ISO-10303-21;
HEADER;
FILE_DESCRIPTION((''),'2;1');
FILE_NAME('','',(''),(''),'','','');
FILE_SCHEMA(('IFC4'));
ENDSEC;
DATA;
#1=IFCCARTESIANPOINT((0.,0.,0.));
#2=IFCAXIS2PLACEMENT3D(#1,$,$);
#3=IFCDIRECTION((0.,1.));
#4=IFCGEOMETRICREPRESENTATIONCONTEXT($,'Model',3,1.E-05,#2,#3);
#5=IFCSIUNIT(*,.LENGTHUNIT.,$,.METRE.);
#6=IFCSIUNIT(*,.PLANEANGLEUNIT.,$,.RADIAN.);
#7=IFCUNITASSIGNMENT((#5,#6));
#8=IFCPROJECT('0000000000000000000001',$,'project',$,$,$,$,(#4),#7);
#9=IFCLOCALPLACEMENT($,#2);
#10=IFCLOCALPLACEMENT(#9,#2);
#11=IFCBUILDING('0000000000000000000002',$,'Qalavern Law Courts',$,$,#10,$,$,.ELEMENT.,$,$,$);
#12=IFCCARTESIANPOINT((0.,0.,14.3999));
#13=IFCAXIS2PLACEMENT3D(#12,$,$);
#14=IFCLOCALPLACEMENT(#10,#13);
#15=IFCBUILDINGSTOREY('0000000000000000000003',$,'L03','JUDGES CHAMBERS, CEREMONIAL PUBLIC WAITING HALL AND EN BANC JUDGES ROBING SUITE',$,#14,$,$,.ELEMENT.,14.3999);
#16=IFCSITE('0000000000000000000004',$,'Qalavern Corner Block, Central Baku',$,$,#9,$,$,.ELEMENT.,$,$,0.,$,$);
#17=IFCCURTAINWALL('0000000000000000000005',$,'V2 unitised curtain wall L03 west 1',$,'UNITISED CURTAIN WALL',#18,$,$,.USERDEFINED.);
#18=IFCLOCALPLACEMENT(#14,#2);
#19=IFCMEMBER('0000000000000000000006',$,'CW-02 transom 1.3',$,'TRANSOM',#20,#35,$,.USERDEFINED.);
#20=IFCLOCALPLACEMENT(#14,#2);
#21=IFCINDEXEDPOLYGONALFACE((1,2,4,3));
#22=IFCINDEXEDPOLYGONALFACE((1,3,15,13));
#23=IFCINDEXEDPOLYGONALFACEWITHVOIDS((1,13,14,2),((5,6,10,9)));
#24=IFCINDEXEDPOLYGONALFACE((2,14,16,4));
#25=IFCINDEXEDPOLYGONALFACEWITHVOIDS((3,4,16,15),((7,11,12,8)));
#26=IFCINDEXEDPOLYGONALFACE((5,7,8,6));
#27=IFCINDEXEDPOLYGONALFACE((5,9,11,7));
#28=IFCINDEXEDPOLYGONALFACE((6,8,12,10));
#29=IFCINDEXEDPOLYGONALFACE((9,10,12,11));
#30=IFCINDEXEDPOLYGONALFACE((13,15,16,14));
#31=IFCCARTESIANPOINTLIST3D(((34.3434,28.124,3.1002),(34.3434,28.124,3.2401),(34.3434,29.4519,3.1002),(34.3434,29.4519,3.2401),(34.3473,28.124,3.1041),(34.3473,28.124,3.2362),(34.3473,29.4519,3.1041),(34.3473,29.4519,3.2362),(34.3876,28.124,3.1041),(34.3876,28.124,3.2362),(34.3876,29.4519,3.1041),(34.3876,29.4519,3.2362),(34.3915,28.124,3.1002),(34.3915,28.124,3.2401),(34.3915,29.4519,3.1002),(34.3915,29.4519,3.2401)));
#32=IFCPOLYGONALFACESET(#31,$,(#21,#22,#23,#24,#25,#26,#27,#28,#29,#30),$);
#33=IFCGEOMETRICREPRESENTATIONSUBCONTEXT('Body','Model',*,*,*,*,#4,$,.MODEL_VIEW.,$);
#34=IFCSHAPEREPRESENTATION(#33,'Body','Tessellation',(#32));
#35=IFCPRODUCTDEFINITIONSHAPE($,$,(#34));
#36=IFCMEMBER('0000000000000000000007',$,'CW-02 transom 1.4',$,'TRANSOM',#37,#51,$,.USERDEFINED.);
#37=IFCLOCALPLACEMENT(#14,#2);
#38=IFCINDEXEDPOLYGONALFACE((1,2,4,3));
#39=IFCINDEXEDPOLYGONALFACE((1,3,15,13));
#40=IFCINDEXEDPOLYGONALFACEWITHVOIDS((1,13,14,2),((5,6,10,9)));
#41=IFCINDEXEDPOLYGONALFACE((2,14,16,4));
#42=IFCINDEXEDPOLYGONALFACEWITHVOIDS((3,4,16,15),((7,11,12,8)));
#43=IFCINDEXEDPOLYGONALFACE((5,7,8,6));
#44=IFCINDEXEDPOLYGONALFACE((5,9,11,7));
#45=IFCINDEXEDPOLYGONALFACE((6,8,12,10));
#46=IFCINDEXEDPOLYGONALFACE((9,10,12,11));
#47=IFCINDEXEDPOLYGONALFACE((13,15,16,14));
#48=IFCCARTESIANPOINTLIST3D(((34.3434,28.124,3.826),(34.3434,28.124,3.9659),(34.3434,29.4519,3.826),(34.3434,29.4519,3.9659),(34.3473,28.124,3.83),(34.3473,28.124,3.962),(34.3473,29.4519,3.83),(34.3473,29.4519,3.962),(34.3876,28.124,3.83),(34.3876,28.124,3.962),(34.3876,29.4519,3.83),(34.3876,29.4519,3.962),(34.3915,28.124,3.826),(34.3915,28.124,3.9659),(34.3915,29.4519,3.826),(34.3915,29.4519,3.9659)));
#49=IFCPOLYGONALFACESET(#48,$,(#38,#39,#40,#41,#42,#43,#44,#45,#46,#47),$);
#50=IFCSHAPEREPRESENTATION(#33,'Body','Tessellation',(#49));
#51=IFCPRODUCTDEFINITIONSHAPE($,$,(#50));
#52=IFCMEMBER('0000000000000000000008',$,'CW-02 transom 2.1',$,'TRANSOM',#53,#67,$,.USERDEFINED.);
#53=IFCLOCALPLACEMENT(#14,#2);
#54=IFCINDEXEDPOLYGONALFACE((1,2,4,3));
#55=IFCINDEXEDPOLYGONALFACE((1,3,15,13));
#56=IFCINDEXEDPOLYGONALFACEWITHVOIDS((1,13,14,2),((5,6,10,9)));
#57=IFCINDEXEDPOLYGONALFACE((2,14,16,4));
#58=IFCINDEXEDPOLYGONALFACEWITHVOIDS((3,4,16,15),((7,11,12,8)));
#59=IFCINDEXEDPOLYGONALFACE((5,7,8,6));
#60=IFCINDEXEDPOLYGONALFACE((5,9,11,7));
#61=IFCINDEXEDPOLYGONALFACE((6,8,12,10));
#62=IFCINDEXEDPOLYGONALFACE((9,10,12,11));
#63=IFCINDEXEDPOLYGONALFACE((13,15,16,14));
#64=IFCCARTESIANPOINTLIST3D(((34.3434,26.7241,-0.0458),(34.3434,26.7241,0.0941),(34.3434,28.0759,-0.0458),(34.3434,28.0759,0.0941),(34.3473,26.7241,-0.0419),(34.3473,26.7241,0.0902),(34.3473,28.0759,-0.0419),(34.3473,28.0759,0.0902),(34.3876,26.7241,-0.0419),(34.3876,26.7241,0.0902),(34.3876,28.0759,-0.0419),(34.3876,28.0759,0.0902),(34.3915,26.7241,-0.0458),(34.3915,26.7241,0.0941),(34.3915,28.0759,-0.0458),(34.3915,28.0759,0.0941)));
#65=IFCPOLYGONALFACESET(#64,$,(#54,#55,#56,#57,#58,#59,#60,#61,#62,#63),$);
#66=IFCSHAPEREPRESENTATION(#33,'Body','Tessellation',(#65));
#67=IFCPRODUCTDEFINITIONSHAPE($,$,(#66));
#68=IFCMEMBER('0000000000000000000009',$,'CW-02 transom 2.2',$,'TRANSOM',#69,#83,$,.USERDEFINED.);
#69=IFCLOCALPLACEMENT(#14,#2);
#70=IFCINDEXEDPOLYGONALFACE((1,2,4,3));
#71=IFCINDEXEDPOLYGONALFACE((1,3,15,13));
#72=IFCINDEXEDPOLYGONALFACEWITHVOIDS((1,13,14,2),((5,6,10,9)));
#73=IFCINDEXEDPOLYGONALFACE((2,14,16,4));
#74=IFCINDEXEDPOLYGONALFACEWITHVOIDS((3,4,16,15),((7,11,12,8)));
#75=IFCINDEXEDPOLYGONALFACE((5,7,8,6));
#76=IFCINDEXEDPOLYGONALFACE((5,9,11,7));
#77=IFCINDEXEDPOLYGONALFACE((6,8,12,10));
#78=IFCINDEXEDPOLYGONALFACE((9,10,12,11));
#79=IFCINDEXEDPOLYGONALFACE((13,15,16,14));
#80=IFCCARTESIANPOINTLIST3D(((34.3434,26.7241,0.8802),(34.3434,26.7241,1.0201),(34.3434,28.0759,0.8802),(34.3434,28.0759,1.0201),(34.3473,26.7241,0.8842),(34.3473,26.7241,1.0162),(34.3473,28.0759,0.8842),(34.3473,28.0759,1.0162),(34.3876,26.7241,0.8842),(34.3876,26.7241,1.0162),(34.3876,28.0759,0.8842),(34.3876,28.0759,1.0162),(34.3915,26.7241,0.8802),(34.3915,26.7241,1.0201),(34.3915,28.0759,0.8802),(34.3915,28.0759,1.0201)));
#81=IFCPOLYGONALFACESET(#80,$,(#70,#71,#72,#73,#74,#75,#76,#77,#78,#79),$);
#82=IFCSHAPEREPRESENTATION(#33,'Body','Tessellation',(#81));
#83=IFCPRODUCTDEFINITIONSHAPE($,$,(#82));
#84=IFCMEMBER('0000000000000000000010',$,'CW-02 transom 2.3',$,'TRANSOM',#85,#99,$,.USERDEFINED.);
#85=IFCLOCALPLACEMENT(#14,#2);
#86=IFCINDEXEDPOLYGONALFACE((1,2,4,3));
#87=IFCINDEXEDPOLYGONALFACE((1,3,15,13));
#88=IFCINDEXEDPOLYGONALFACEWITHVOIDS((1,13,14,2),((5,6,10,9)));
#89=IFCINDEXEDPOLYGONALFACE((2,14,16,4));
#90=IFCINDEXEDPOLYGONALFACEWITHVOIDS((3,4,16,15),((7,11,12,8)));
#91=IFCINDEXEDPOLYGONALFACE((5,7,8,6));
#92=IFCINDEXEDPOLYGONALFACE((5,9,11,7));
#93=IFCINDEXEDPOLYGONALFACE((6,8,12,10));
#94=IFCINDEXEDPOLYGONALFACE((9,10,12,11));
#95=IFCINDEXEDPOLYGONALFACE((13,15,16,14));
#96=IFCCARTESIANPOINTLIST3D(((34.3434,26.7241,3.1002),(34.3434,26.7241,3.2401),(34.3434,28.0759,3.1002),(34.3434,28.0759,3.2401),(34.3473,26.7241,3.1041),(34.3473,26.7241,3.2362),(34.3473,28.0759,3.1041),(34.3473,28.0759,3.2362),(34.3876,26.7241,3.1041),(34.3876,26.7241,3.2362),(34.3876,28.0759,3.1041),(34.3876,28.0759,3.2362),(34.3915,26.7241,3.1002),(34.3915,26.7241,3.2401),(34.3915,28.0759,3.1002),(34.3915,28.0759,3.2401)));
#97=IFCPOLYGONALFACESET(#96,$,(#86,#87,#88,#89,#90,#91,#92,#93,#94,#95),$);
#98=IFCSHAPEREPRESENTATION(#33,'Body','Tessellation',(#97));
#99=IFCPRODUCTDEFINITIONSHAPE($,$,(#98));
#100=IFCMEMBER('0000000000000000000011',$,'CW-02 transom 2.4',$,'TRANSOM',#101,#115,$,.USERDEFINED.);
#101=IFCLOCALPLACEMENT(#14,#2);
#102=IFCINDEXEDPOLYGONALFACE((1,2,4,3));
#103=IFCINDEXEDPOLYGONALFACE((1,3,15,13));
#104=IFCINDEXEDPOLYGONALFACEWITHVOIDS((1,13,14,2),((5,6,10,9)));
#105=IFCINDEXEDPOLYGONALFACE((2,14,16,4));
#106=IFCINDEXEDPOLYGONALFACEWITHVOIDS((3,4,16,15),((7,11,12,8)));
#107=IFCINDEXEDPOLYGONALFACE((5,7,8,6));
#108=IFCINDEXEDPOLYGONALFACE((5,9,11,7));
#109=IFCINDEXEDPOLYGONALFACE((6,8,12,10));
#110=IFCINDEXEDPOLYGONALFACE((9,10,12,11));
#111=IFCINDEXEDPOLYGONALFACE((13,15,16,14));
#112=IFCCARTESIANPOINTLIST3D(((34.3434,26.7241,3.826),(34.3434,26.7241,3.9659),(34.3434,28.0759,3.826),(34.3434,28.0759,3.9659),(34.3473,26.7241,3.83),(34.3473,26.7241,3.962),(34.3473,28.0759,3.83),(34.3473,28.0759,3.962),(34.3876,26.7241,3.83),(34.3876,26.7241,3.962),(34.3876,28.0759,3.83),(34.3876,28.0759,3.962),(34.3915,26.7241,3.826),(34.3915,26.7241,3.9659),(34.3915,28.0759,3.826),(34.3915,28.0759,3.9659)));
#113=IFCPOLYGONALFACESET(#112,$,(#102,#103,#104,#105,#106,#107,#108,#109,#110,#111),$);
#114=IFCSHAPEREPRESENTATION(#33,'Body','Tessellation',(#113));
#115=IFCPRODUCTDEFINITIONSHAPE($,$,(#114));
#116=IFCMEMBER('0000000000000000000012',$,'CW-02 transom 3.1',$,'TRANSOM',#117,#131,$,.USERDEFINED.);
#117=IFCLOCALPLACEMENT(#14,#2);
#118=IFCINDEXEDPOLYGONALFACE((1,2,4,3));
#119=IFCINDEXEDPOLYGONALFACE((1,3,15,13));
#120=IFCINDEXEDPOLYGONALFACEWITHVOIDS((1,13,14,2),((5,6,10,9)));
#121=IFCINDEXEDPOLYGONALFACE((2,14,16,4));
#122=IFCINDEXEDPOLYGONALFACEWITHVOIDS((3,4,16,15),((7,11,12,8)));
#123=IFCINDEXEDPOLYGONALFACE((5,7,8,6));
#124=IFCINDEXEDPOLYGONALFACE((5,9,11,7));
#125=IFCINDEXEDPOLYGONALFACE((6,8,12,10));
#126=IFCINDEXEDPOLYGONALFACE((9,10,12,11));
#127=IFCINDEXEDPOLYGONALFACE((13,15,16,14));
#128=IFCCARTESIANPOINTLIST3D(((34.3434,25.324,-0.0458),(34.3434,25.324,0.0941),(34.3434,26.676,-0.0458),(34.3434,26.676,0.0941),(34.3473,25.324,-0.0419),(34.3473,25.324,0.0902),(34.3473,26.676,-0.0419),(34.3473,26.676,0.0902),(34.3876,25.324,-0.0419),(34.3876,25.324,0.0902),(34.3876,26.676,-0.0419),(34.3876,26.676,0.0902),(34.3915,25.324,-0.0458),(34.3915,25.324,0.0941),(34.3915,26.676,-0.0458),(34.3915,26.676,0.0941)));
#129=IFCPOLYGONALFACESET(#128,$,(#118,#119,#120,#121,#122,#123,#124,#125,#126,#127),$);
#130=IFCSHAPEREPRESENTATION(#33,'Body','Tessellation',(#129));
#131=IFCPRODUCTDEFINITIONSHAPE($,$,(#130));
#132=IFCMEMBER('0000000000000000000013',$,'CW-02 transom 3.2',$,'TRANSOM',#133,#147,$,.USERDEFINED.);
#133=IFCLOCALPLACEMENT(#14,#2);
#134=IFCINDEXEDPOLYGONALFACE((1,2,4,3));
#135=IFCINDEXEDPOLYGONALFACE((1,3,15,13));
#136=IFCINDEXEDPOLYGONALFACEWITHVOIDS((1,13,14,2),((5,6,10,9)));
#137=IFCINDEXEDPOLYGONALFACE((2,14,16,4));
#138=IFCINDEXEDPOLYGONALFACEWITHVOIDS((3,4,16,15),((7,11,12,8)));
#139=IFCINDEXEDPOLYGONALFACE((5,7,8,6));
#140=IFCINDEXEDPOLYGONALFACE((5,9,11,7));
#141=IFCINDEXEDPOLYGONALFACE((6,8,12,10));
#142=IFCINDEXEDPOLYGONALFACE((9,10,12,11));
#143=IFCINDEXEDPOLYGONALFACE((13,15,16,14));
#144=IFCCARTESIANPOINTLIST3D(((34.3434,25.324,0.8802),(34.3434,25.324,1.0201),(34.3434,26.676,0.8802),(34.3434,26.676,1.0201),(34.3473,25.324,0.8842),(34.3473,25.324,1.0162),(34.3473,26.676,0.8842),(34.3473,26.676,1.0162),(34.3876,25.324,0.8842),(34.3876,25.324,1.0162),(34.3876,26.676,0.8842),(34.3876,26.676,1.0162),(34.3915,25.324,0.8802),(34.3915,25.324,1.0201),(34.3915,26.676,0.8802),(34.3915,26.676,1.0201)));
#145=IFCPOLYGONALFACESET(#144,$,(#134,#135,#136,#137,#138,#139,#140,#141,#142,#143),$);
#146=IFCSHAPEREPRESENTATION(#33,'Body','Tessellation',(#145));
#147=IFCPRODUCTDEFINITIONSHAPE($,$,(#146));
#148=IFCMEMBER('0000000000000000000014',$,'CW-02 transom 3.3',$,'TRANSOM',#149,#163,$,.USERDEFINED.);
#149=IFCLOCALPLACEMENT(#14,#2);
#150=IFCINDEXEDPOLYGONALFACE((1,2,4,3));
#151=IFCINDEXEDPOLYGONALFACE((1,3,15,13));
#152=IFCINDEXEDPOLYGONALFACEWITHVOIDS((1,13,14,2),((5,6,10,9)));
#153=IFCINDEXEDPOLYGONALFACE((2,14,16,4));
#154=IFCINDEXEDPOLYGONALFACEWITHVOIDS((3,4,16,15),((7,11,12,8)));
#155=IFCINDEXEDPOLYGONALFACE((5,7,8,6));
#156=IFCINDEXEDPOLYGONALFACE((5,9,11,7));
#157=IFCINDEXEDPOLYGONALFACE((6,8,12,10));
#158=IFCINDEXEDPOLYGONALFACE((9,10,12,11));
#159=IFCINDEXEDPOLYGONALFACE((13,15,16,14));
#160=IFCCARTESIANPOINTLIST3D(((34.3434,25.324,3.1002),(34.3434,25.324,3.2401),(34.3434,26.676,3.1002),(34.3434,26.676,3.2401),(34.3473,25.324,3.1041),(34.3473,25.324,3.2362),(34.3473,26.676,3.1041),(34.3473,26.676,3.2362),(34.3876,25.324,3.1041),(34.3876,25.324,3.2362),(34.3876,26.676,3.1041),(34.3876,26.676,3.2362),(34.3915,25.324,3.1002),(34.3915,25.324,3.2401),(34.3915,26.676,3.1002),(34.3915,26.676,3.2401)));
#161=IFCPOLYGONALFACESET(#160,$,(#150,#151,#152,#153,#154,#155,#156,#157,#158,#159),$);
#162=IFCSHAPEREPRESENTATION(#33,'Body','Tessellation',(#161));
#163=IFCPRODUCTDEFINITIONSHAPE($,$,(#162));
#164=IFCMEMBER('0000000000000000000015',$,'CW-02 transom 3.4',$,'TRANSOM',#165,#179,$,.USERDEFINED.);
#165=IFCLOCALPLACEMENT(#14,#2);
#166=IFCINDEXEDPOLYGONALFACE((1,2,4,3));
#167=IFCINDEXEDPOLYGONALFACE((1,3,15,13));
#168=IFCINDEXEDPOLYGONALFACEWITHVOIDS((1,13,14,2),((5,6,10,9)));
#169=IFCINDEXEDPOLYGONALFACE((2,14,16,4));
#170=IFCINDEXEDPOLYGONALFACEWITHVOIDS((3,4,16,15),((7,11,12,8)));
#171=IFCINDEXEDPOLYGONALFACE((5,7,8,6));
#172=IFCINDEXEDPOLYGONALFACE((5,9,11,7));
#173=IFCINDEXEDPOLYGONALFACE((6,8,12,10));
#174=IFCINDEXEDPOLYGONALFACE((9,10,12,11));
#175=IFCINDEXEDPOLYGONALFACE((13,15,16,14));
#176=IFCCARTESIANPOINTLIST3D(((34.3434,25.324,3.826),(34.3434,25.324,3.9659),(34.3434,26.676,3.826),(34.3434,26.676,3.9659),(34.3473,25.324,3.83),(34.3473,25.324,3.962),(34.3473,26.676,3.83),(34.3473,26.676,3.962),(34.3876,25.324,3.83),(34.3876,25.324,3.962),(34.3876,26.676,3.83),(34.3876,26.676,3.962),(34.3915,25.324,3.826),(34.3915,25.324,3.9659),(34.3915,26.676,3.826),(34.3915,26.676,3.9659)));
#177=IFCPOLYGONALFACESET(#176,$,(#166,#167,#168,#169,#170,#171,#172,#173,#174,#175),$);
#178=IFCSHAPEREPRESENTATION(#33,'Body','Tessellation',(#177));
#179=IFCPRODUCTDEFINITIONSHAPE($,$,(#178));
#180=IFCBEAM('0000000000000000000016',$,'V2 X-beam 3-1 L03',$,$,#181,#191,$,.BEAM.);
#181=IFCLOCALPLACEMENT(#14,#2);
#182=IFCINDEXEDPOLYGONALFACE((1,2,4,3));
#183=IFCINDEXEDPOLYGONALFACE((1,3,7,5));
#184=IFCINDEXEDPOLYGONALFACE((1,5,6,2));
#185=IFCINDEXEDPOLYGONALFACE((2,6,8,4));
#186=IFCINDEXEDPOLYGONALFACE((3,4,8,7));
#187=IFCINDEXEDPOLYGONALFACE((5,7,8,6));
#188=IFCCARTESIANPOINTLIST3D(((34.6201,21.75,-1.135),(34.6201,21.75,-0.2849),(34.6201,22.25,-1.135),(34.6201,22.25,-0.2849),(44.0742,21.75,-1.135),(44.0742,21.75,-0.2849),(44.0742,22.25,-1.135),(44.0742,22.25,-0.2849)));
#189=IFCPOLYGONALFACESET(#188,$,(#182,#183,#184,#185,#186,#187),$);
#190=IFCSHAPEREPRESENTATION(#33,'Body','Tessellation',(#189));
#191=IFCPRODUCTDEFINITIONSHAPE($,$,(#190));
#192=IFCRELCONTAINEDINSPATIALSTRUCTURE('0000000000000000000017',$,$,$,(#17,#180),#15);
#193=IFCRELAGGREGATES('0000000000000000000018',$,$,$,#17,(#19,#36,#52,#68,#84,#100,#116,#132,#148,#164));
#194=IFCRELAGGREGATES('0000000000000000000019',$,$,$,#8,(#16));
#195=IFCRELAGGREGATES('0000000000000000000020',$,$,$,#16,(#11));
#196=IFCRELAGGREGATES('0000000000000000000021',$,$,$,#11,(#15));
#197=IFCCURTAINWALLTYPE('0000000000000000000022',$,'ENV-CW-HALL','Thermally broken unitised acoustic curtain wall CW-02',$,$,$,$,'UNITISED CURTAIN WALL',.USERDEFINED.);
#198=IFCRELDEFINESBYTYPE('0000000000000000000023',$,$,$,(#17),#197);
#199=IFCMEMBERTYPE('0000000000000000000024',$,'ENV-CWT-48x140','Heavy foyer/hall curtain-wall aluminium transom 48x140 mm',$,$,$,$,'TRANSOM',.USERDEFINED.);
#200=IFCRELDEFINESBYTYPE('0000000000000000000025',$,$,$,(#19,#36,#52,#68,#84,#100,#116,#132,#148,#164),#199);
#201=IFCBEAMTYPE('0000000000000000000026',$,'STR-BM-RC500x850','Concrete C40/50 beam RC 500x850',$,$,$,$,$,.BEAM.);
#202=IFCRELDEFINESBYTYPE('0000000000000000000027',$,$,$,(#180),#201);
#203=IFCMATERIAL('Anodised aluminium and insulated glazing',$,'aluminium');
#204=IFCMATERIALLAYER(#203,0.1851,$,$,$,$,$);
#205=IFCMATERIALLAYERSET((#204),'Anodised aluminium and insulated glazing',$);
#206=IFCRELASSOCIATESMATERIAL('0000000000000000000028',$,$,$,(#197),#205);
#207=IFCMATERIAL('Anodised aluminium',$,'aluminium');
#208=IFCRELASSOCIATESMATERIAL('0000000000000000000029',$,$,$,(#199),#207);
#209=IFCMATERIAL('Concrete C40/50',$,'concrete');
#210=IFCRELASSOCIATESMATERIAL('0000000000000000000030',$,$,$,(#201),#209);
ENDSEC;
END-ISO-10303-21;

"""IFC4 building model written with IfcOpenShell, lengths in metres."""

from ifc_helpers import new_model, si_unit, direction, frame, origin, origin_2d, place, context, subcontext, project, spatial, rectangle, hollow_rectangle, extrude, material, layer, layer_set, material_profile, profile_set, type_object, element, aggregate, save


model = new_model("IFC4")

# Units and contexts
model_context = context("Model", 3, precision=1e-05, world=origin(), true_north=direction((0.0, 1.0)))
body_context = subcontext(model_context, "Body", "Model", "MODEL_VIEW")
ifc_project = project(units=[si_unit("LENGTHUNIT", "METRE"), si_unit("PLANEANGLEUNIT", "RADIAN")], contexts=[model_context])

# Site, building, storey
site_placement = place(None, origin())
site = spatial("IfcSite", under=ifc_project, at=site_placement, Name="Qalavern Corner Block, Central Baku", CompositionType="ELEMENT", RefElevation=0.0)
building_placement = place(site_placement, origin())
building = spatial("IfcBuilding", under=site, at=building_placement, Name="Qalavern Law Courts", CompositionType="ELEMENT")
storey_placement = place(building_placement, frame((0.0, 0.0, 14.3999)))
storey = spatial("IfcBuildingStorey", under=building, at=storey_placement, Name="L03", Description="JUDGES CHAMBERS, CEREMONIAL PUBLIC WAITING HALL AND EN BANC JUDGES ROBING SUITE", CompositionType="ELEMENT", Elevation=14.3999)

# Shared definitions
ifc_material_1 = material(Name="Anodised aluminium and insulated glazing", Category="aluminium")
ifc_layer_1 = layer(ifc_material_1, 0.1851)
ifc_layer_set_1 = layer_set([ifc_layer_1], Name="Anodised aluminium and insulated glazing")
curtain_wall_type = type_object("IfcCurtainWallType", Name="ENV-CW-HALL", Description="Thermally broken unitised acoustic curtain wall CW-02", ElementType="UNITISED CURTAIN WALL", PredefinedType="USERDEFINED", material=ifc_layer_set_1)
ifc_material_2 = material(Name="Anodised aluminium", Category="aluminium")

# Curtain wall
curtain_wall_1_placement = place(storey_placement, origin())
curtain_wall_1 = element("IfcCurtainWall", 1, at=curtain_wall_1_placement, inside=storey, type_object=curtain_wall_type, Name="V2 unitised curtain wall L03 west 1", ObjectType="UNITISED CURTAIN WALL", PredefinedType="USERDEFINED")

# Members
ifc_material_profile_1 = material_profile(ifc_material_2, hollow_rectangle(XDim=0.0481, YDim=0.1399, WallThickness=0.0039, at=origin_2d()), Name="ALU TRANSOM 48x140")
ifc_profile_set_1 = profile_set([ifc_material_profile_1], Name="Anodised aluminium")
member_type_1 = type_object("IfcMemberType", Name="ENV-CWT-48x140", Description="Heavy foyer/hall curtain-wall aluminium transom 48x140 mm", ElementType="TRANSOM", PredefinedType="USERDEFINED", material=ifc_profile_set_1)
member_1_placement = place(storey_placement, frame((34.3674, 29.4519, 3.1702), z_axis=(0.0, -1.0, 0.0), x_axis=(1.0, 0.0, 0.0)))
member_1 = element("IfcMember", 2, at=member_1_placement, type_object=member_type_1, Name="CW-02 transom 1.3", ObjectType="TRANSOM", PredefinedType="USERDEFINED", context=body_context, shape_type="SweptSolid", body=[
    extrude(hollow_rectangle(XDim=0.0481, YDim=0.1399, WallThickness=0.0039, at=origin_2d()), origin(), (0.0, 0.0, 1.0), 1.3279),
])
member_2_placement = place(storey_placement, frame((34.3674, 29.4519, 3.896), z_axis=(0.0, -1.0, 0.0), x_axis=(1.0, 0.0, 0.0)))
member_2 = element("IfcMember", 3, at=member_2_placement, type_object=member_type_1, Name="CW-02 transom 1.4", ObjectType="TRANSOM", PredefinedType="USERDEFINED", context=body_context, shape_type="SweptSolid", body=[
    extrude(hollow_rectangle(XDim=0.0481, YDim=0.1399, WallThickness=0.0039, at=origin_2d()), origin(), (0.0, 0.0, 1.0), 1.3279),
])
member_3_placement = place(storey_placement, frame((34.3674, 28.0759, 0.0242), z_axis=(0.0, -1.0, 0.0), x_axis=(1.0, 0.0, 0.0)))
member_3 = element("IfcMember", 4, at=member_3_placement, type_object=member_type_1, Name="CW-02 transom 2.1", ObjectType="TRANSOM", PredefinedType="USERDEFINED", context=body_context, shape_type="SweptSolid", body=[
    extrude(hollow_rectangle(XDim=0.0481, YDim=0.1399, WallThickness=0.0039, at=origin_2d()), origin(), (0.0, 0.0, 1.0), 1.3518),
])
member_4_placement = place(storey_placement, frame((34.3674, 28.0759, 0.9502), z_axis=(0.0, -1.0, 0.0), x_axis=(1.0, 0.0, 0.0)))
member_4 = element("IfcMember", 5, at=member_4_placement, type_object=member_type_1, Name="CW-02 transom 2.2", ObjectType="TRANSOM", PredefinedType="USERDEFINED", context=body_context, shape_type="SweptSolid", body=[
    extrude(hollow_rectangle(XDim=0.0481, YDim=0.1399, WallThickness=0.0039, at=origin_2d()), origin(), (0.0, 0.0, 1.0), 1.3518),
])
member_5_placement = place(storey_placement, frame((34.3674, 28.0759, 3.1702), z_axis=(0.0, -1.0, 0.0), x_axis=(1.0, 0.0, 0.0)))
member_5 = element("IfcMember", 6, at=member_5_placement, type_object=member_type_1, Name="CW-02 transom 2.3", ObjectType="TRANSOM", PredefinedType="USERDEFINED", context=body_context, shape_type="SweptSolid", body=[
    extrude(hollow_rectangle(XDim=0.0481, YDim=0.1399, WallThickness=0.0039, at=origin_2d()), origin(), (0.0, 0.0, 1.0), 1.3518),
])
member_6_placement = place(storey_placement, frame((34.3674, 28.0759, 3.896), z_axis=(0.0, -1.0, 0.0), x_axis=(1.0, 0.0, 0.0)))
member_6 = element("IfcMember", 7, at=member_6_placement, type_object=member_type_1, Name="CW-02 transom 2.4", ObjectType="TRANSOM", PredefinedType="USERDEFINED", context=body_context, shape_type="SweptSolid", body=[
    extrude(hollow_rectangle(XDim=0.0481, YDim=0.1399, WallThickness=0.0039, at=origin_2d()), origin(), (0.0, 0.0, 1.0), 1.3518),
])
member_7_placement = place(storey_placement, frame((34.3674, 26.676, 0.0242), z_axis=(0.0, -1.0, 0.0), x_axis=(1.0, 0.0, 0.0)))
member_7 = element("IfcMember", 8, at=member_7_placement, type_object=member_type_1, Name="CW-02 transom 3.1", ObjectType="TRANSOM", PredefinedType="USERDEFINED", context=body_context, shape_type="SweptSolid", body=[
    extrude(hollow_rectangle(XDim=0.0481, YDim=0.1399, WallThickness=0.0039, at=origin_2d()), origin(), (0.0, 0.0, 1.0), 1.3521),
])
member_8_placement = place(storey_placement, frame((34.3674, 26.676, 0.9502), z_axis=(0.0, -1.0, 0.0), x_axis=(1.0, 0.0, 0.0)))
member_8 = element("IfcMember", 9, at=member_8_placement, type_object=member_type_1, Name="CW-02 transom 3.2", ObjectType="TRANSOM", PredefinedType="USERDEFINED", context=body_context, shape_type="SweptSolid", body=[
    extrude(hollow_rectangle(XDim=0.0481, YDim=0.1399, WallThickness=0.0039, at=origin_2d()), origin(), (0.0, 0.0, 1.0), 1.3521),
])
member_9_placement = place(storey_placement, frame((34.3674, 26.676, 3.1702), z_axis=(0.0, -1.0, 0.0), x_axis=(1.0, 0.0, 0.0)))
member_9 = element("IfcMember", 10, at=member_9_placement, type_object=member_type_1, Name="CW-02 transom 3.3", ObjectType="TRANSOM", PredefinedType="USERDEFINED", context=body_context, shape_type="SweptSolid", body=[
    extrude(hollow_rectangle(XDim=0.0481, YDim=0.1399, WallThickness=0.0039, at=origin_2d()), origin(), (0.0, 0.0, 1.0), 1.3521),
])
member_10_placement = place(storey_placement, frame((34.3674, 26.676, 3.896), z_axis=(0.0, -1.0, 0.0), x_axis=(1.0, 0.0, 0.0)))
member_10 = element("IfcMember", 11, at=member_10_placement, type_object=member_type_1, Name="CW-02 transom 3.4", ObjectType="TRANSOM", PredefinedType="USERDEFINED", context=body_context, shape_type="SweptSolid", body=[
    extrude(hollow_rectangle(XDim=0.0481, YDim=0.1399, WallThickness=0.0039, at=origin_2d()), origin(), (0.0, 0.0, 1.0), 1.3521),
])

# Beam
ifc_material_3 = material(Name="Concrete C40/50", Category="concrete")
ifc_material_profile_2 = material_profile(ifc_material_3, rectangle(XDim=0.5, YDim=0.8501, at=origin_2d()), Name="RC 500x850")
ifc_profile_set_2 = profile_set([ifc_material_profile_2], Name="Concrete C40/50")
beam_type_1 = type_object("IfcBeamType", Name="STR-BM-RC500x850", Description="Concrete C40/50 beam RC 500x850", PredefinedType="BEAM", material=ifc_profile_set_2)
beam_1_placement = place(storey_placement, frame((34.6201, 22.0, -0.71), z_axis=(1.0, 0.0, 0.0), x_axis=(0.0, 1.0, 0.0)))
element("IfcBeam", 12, at=beam_1_placement, inside=storey, type_object=beam_type_1, Name="V2 X-beam 3-1 L03", PredefinedType="BEAM", context=body_context, shape_type="SweptSolid", body=[
    extrude(rectangle(XDim=0.5, YDim=0.8501, at=origin_2d()), origin(), (0.0, 0.0, 1.0), 9.4541),
])

aggregate(curtain_wall_1, [member_1, member_2, member_3, member_4, member_5, member_6, member_7, member_8, member_9, member_10])

save(model, "model.ifc")
